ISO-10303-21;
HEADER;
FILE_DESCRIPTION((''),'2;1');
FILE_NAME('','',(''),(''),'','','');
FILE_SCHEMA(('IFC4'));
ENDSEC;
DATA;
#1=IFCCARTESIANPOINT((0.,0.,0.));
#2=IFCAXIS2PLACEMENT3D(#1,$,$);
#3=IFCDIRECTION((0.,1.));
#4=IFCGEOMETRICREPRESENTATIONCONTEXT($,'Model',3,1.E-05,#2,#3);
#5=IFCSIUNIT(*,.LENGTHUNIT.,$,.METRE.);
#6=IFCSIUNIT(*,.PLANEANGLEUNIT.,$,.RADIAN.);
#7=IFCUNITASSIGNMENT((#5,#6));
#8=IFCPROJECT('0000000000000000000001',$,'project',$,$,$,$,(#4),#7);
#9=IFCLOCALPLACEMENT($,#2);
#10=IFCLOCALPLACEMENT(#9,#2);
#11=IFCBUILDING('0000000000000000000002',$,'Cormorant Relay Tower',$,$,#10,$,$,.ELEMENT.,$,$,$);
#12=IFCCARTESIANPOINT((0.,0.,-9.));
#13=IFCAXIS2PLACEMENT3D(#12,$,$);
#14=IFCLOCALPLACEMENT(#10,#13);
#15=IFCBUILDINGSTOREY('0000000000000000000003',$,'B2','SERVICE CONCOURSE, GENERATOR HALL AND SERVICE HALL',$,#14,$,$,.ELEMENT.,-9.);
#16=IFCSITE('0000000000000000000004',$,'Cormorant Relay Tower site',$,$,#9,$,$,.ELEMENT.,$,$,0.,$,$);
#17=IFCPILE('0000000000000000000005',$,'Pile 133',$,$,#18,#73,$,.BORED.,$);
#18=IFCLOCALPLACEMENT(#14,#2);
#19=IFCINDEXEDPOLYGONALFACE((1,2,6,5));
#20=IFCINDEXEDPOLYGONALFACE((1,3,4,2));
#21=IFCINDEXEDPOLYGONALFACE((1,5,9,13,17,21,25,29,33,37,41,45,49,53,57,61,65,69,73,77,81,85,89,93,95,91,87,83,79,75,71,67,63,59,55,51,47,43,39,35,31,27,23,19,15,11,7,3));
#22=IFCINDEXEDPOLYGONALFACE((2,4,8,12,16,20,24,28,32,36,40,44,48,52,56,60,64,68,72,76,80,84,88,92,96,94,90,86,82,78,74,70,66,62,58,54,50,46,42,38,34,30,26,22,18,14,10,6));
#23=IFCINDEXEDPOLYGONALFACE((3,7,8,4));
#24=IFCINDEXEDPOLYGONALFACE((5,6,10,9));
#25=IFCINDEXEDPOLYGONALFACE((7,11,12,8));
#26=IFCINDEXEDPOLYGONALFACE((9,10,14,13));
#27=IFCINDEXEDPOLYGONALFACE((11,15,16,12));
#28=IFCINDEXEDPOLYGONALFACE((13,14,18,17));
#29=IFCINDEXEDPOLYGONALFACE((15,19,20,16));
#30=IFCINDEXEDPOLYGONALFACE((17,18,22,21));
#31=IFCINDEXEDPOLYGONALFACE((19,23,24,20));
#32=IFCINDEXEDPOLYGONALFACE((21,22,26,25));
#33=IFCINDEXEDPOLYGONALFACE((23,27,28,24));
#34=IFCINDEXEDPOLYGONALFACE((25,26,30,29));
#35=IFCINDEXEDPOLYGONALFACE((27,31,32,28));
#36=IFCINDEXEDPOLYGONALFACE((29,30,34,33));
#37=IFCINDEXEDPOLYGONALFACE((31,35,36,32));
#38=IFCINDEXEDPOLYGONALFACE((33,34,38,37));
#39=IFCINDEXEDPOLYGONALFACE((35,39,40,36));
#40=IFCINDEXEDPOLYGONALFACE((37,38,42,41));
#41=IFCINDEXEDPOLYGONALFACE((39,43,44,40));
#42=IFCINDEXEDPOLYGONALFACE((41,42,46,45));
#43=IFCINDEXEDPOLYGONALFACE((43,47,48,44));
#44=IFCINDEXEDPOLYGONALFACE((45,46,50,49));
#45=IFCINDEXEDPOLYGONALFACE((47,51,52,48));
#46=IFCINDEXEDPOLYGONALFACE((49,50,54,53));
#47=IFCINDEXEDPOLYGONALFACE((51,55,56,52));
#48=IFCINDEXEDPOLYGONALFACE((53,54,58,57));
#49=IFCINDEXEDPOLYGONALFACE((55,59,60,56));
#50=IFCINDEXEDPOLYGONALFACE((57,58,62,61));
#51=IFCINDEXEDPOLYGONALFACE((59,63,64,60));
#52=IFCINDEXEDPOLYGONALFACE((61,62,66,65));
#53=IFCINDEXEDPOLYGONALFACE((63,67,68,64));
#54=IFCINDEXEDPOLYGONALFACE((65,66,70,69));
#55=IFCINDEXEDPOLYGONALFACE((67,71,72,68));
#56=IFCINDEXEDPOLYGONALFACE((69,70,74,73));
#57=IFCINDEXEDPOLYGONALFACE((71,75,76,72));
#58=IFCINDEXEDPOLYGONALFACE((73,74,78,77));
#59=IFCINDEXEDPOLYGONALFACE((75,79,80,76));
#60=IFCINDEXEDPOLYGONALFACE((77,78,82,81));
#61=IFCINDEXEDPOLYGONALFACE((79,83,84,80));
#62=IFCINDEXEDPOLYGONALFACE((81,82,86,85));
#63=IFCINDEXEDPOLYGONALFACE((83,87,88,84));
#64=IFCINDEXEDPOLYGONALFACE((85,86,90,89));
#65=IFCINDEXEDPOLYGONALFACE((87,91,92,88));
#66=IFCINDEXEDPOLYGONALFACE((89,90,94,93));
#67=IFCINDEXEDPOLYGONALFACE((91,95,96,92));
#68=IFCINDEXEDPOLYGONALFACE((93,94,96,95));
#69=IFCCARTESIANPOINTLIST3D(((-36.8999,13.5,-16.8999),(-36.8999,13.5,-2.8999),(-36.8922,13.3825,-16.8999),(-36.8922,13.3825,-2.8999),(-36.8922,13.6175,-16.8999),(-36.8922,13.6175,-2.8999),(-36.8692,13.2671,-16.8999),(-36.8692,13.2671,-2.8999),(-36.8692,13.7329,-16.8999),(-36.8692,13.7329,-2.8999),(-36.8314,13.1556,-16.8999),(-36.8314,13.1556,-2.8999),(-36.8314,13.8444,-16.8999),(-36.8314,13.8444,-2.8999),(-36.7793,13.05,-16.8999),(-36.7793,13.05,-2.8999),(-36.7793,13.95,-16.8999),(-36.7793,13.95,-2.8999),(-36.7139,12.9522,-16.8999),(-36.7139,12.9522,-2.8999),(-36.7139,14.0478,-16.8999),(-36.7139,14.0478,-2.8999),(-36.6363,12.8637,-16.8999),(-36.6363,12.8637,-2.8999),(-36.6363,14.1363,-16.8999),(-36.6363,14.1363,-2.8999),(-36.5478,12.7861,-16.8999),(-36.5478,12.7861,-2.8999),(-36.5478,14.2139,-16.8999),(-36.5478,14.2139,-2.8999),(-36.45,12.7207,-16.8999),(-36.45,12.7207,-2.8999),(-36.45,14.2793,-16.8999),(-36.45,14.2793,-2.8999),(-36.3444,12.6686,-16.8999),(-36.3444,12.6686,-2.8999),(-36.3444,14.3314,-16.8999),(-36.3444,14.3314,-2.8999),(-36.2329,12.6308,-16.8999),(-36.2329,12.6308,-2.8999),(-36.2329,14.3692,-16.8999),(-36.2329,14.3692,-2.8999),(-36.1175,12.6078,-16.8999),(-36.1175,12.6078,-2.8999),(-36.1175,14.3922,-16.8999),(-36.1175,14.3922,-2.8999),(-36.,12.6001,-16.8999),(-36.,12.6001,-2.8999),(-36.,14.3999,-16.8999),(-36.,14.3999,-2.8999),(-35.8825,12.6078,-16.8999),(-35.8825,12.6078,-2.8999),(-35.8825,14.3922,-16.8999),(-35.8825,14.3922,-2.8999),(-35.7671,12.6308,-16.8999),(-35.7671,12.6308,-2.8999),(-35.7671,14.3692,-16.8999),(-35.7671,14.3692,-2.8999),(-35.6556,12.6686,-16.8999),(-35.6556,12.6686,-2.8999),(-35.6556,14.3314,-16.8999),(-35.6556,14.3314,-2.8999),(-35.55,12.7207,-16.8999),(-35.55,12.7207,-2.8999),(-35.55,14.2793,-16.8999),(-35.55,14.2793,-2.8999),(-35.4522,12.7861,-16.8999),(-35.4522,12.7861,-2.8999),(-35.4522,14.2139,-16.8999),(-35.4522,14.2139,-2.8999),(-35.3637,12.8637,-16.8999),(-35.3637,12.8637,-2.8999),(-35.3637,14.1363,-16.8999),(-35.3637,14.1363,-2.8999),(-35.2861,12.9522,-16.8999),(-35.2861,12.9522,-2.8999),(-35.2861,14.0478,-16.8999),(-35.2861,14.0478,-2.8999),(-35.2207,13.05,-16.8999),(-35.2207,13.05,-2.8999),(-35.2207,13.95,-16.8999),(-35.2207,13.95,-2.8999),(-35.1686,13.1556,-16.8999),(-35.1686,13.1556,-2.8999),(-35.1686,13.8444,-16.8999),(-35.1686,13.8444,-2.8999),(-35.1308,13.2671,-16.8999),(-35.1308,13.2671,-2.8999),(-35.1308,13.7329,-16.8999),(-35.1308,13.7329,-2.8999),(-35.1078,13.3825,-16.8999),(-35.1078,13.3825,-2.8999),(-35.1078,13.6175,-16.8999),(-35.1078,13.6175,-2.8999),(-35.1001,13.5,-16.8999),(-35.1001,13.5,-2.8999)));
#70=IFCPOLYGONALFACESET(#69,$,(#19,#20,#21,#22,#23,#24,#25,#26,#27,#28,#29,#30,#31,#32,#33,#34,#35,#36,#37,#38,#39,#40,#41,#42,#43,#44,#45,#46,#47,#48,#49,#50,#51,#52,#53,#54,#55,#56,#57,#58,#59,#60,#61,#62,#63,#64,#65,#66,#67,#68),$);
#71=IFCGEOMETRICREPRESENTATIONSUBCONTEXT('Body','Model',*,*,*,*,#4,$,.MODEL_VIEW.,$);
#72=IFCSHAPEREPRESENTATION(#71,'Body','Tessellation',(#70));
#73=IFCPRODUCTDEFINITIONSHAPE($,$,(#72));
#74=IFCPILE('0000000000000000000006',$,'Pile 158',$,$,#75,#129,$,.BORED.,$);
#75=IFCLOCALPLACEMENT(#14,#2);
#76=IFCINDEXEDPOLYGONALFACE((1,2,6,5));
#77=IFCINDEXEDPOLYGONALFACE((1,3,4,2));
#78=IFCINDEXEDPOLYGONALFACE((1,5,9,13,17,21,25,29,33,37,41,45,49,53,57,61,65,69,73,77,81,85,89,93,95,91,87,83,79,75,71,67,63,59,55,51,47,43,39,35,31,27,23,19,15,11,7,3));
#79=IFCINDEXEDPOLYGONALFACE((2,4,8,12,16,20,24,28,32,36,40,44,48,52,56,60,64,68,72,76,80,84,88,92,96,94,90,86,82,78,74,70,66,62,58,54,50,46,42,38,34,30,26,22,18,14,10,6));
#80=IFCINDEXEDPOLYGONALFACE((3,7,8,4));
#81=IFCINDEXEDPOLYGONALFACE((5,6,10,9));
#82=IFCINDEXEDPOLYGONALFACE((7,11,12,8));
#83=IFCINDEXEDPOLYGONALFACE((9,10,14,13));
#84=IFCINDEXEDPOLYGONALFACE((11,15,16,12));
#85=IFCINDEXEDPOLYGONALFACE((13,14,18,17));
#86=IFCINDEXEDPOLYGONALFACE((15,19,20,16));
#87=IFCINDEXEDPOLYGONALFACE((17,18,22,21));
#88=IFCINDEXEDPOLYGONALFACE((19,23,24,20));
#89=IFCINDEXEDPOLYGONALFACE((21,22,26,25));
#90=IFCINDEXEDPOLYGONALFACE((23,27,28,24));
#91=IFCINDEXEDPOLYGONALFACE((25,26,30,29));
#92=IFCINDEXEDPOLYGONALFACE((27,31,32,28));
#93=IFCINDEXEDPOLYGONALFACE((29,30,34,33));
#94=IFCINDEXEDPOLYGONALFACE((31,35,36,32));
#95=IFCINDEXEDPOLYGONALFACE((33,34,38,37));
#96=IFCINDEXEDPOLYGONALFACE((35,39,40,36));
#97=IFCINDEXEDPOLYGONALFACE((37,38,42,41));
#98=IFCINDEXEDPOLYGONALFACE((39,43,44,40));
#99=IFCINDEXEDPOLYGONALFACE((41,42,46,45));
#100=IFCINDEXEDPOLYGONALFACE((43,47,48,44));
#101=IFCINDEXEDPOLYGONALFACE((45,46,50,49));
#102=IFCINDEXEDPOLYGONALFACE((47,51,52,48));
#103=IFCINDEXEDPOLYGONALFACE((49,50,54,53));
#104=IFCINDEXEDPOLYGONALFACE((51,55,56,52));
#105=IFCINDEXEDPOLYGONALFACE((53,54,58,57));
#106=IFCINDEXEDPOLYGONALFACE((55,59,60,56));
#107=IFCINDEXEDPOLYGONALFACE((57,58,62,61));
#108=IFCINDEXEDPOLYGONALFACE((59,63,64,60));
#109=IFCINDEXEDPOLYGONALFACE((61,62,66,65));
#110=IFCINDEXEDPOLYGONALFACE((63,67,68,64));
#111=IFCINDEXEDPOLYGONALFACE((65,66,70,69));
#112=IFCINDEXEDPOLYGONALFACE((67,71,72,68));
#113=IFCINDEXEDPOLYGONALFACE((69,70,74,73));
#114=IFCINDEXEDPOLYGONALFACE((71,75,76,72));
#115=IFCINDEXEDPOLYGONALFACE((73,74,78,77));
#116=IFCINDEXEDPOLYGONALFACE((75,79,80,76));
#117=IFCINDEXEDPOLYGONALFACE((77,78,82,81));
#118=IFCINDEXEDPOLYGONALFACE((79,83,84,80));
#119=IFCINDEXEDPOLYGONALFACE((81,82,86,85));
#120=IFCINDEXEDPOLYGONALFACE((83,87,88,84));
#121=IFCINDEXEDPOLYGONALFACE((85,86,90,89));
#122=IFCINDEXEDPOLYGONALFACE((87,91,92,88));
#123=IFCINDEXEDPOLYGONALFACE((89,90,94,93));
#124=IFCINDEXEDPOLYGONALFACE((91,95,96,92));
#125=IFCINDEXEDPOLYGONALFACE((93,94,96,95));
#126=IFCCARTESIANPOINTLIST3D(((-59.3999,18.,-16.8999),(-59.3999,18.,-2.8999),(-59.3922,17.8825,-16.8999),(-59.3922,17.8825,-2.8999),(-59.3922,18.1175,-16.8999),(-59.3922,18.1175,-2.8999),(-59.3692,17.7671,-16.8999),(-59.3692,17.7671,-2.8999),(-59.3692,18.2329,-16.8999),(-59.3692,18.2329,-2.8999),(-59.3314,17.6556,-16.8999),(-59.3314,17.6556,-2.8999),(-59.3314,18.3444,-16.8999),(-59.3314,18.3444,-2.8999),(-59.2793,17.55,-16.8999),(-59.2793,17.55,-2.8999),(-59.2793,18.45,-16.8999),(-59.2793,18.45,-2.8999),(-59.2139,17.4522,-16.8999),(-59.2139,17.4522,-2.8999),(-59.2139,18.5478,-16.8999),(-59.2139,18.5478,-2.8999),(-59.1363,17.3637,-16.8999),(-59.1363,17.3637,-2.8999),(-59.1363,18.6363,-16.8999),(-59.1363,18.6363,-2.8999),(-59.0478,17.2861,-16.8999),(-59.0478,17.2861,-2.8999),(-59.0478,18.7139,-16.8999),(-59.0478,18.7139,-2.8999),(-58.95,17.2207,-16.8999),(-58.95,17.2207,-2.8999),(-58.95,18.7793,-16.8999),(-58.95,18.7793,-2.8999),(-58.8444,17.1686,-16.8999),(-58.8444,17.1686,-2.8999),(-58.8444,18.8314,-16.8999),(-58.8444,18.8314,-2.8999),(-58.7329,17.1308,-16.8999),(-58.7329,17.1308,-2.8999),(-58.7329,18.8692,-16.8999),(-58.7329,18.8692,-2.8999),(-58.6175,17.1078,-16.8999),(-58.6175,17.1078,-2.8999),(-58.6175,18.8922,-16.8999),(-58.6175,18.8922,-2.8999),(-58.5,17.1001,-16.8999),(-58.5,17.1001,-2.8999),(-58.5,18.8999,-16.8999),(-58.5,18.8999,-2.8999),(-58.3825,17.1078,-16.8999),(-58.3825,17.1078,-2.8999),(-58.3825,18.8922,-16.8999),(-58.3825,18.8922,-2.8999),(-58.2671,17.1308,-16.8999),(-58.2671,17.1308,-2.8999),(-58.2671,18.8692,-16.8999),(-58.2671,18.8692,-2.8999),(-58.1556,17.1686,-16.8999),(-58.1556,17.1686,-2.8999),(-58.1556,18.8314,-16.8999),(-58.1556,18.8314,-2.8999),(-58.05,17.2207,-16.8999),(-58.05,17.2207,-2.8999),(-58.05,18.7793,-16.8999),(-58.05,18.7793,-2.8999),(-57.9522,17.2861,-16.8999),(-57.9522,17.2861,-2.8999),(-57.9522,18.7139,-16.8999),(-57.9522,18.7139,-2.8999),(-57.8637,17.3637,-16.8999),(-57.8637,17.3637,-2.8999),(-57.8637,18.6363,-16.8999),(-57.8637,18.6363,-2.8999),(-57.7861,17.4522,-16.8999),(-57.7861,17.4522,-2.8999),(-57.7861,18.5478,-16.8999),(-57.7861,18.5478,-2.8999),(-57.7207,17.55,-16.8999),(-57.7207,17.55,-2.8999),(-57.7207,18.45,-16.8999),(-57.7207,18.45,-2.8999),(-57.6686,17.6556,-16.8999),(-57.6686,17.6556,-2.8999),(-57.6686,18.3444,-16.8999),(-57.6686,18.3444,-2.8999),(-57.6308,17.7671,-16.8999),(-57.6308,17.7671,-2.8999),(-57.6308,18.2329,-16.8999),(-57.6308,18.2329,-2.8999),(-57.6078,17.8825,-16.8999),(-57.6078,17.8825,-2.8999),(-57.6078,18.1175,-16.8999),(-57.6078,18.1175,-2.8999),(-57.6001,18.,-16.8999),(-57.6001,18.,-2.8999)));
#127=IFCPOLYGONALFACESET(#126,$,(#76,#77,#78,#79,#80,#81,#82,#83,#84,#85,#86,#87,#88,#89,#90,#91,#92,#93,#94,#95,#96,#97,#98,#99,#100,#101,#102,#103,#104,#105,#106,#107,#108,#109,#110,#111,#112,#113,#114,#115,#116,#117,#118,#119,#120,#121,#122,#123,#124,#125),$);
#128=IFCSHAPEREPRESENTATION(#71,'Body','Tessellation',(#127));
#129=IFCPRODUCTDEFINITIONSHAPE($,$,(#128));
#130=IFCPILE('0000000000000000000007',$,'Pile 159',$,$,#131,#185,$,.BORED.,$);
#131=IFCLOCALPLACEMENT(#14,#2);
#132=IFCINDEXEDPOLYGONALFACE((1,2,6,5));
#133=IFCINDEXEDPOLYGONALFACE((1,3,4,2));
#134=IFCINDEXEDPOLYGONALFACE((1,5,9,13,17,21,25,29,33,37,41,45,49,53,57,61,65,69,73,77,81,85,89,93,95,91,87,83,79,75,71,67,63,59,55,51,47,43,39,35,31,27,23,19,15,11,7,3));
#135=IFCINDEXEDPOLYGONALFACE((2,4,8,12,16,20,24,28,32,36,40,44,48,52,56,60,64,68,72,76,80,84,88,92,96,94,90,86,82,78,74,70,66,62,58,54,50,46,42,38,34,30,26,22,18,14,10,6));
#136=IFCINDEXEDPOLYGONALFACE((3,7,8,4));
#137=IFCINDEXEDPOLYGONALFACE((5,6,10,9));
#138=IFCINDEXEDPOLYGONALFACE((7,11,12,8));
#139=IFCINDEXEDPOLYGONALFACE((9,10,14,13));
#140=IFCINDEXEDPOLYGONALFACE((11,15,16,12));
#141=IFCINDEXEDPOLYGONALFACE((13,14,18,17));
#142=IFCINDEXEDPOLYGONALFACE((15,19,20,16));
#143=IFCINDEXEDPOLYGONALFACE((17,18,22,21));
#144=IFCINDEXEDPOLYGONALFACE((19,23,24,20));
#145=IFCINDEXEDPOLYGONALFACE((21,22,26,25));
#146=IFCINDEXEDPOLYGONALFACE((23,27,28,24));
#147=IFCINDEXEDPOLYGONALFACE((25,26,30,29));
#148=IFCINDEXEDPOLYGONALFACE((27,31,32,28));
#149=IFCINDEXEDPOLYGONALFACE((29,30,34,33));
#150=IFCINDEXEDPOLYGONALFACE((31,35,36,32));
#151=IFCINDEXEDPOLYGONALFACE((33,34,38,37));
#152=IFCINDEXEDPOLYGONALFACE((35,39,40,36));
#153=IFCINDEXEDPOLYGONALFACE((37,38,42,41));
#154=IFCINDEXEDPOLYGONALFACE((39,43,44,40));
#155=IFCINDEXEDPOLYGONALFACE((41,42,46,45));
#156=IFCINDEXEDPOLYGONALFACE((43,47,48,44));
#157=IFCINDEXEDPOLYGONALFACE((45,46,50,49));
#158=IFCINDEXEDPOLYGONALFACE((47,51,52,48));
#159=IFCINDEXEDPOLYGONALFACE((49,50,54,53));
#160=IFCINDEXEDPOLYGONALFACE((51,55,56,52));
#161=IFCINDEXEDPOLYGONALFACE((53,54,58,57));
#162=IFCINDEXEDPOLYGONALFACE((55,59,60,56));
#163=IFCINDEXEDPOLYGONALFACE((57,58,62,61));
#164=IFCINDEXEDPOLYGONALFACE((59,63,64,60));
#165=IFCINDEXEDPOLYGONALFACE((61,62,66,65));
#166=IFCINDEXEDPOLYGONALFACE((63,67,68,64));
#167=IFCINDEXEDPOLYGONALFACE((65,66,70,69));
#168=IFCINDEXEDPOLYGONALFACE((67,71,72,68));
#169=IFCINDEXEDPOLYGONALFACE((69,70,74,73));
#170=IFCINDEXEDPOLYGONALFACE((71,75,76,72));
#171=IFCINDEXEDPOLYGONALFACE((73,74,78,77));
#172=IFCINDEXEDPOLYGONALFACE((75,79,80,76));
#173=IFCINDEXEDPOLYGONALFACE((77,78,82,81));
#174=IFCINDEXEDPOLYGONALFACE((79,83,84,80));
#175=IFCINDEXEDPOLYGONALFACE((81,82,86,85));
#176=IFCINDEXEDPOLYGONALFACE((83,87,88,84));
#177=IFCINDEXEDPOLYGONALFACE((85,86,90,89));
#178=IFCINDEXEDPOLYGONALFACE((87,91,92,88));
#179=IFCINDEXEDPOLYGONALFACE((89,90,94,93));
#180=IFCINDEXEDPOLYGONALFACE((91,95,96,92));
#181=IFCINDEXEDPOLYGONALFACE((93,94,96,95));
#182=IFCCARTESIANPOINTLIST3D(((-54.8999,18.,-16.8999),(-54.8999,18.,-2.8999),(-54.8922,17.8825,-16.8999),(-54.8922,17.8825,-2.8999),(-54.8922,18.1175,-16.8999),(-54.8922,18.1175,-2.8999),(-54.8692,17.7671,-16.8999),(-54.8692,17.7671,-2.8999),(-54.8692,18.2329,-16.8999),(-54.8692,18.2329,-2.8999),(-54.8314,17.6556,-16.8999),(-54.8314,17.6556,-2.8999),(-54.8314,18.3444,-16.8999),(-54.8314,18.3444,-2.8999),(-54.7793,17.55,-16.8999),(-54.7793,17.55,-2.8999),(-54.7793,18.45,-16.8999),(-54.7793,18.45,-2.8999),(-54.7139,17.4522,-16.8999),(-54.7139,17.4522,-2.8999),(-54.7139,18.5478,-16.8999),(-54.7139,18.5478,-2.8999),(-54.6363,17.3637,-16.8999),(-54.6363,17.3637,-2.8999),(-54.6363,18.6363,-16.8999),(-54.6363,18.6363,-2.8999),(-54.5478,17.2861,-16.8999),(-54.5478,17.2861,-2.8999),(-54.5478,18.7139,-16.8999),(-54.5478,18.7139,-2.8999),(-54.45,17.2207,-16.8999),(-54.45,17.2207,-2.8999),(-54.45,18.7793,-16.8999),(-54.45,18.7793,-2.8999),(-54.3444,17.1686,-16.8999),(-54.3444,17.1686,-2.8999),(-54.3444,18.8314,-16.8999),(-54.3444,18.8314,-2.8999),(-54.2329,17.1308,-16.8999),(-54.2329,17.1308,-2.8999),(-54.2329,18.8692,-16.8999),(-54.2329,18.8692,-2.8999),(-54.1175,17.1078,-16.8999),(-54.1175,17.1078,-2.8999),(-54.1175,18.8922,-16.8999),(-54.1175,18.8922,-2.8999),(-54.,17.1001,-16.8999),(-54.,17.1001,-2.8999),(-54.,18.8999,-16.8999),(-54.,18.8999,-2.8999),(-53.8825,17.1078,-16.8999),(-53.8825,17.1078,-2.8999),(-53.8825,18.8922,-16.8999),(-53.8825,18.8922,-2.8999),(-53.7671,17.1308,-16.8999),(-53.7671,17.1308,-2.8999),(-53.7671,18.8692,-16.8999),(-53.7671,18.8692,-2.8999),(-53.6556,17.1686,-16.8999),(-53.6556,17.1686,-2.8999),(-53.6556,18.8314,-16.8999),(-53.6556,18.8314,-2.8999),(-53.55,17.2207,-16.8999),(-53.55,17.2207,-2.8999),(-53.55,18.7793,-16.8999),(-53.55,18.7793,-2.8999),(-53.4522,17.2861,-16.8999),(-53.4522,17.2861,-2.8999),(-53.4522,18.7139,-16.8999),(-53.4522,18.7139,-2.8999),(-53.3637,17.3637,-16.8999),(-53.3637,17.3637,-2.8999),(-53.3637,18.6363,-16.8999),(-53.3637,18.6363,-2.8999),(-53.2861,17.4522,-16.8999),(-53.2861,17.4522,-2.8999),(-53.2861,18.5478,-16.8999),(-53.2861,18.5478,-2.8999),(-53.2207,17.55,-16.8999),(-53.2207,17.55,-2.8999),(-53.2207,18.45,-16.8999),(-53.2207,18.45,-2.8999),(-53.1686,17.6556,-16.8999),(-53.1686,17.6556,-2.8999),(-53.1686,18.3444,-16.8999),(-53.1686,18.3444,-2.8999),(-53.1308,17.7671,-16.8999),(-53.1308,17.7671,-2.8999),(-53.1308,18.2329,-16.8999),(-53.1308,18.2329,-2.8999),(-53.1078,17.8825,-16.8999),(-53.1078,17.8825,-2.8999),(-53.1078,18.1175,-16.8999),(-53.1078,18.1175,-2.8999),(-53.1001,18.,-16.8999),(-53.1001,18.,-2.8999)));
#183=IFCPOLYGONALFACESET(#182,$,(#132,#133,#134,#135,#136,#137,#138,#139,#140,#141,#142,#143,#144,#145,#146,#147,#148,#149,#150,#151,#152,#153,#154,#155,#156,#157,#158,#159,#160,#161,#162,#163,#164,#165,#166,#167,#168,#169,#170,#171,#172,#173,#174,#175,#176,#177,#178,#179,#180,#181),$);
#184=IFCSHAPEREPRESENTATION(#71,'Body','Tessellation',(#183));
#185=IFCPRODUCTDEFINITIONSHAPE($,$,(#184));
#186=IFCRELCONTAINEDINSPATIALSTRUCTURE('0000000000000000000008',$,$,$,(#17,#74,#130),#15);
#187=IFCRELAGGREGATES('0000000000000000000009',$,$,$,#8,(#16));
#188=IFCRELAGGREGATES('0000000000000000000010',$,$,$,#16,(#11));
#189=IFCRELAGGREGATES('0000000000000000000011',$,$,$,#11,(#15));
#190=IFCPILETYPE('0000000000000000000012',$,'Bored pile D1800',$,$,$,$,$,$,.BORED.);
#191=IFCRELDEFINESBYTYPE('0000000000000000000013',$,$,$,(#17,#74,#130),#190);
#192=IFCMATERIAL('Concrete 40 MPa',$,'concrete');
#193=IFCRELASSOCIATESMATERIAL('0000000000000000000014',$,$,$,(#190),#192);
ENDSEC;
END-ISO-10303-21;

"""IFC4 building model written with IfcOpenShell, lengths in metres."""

from ifc_helpers import new_model, si_unit, direction, frame, origin, origin_2d, place, context, subcontext, project, spatial, circle, extrude, material, material_profile, profile_set, type_object, element, save


model = new_model("IFC4")

# Units and contexts
model_context = context("Model", 3, precision=1e-05, world=origin(), true_north=direction((0.0, 1.0)))
body_context = subcontext(model_context, "Body", "Model", "MODEL_VIEW")
ifc_project = project(units=[si_unit("LENGTHUNIT", "METRE"), si_unit("PLANEANGLEUNIT", "RADIAN")], contexts=[model_context])

# Site, building, storey
site_placement = place(None, origin())
site = spatial("IfcSite", under=ifc_project, at=site_placement, Name="Cormorant Relay Tower site", CompositionType="ELEMENT", RefElevation=0.0)
building_placement = place(site_placement, origin())
building = spatial("IfcBuilding", under=site, at=building_placement, Name="Cormorant Relay Tower", CompositionType="ELEMENT")
storey_placement = place(building_placement, frame((0.0, 0.0, -9.0)))
storey = spatial("IfcBuildingStorey", under=building, at=storey_placement, Name="B2", Description="SERVICE CONCOURSE, GENERATOR HALL AND SERVICE HALL", CompositionType="ELEMENT", Elevation=-9.0)

# Piles
ifc_material_1 = material(Name="Concrete 40 MPa", Category="concrete")
ifc_material_profile_1 = material_profile(ifc_material_1, circle(Radius=0.8999, at=origin_2d()), Name="BP1800")
ifc_profile_set_1 = profile_set([ifc_material_profile_1], Name="Concrete 40 MPa")
pile_type = type_object("IfcPileType", Name="Bored pile D1800", PredefinedType="BORED", material=ifc_profile_set_1)
for number, where, z_axis, x_axis, name in (
    (1, (-36.0, 13.5, -2.8999), (0.0, 0.0, -1.0), (1.0, 0.0, 0.0), "Pile 133"),
    (2, (-58.5, 18.0, -2.8999), (0.0, 0.0, -1.0), (1.0, 0.0, 0.0), "Pile 158"),
    (3, (-54.0, 18.0, -2.8999), (0.0, 0.0, -1.0), (1.0, 0.0, 0.0), "Pile 159"),
):
    element("IfcPile", number, at=place(storey_placement, frame(where, z_axis=z_axis, x_axis=x_axis)), inside=storey, type_object=pile_type, Name=name, PredefinedType="BORED", context=body_context, shape_type="SweptSolid", body=[
        extrude(circle(Radius=0.8999, at=origin_2d()), origin(), (0.0, 0.0, 1.0), 14.0),
    ])

save(model, "model.ifc")
